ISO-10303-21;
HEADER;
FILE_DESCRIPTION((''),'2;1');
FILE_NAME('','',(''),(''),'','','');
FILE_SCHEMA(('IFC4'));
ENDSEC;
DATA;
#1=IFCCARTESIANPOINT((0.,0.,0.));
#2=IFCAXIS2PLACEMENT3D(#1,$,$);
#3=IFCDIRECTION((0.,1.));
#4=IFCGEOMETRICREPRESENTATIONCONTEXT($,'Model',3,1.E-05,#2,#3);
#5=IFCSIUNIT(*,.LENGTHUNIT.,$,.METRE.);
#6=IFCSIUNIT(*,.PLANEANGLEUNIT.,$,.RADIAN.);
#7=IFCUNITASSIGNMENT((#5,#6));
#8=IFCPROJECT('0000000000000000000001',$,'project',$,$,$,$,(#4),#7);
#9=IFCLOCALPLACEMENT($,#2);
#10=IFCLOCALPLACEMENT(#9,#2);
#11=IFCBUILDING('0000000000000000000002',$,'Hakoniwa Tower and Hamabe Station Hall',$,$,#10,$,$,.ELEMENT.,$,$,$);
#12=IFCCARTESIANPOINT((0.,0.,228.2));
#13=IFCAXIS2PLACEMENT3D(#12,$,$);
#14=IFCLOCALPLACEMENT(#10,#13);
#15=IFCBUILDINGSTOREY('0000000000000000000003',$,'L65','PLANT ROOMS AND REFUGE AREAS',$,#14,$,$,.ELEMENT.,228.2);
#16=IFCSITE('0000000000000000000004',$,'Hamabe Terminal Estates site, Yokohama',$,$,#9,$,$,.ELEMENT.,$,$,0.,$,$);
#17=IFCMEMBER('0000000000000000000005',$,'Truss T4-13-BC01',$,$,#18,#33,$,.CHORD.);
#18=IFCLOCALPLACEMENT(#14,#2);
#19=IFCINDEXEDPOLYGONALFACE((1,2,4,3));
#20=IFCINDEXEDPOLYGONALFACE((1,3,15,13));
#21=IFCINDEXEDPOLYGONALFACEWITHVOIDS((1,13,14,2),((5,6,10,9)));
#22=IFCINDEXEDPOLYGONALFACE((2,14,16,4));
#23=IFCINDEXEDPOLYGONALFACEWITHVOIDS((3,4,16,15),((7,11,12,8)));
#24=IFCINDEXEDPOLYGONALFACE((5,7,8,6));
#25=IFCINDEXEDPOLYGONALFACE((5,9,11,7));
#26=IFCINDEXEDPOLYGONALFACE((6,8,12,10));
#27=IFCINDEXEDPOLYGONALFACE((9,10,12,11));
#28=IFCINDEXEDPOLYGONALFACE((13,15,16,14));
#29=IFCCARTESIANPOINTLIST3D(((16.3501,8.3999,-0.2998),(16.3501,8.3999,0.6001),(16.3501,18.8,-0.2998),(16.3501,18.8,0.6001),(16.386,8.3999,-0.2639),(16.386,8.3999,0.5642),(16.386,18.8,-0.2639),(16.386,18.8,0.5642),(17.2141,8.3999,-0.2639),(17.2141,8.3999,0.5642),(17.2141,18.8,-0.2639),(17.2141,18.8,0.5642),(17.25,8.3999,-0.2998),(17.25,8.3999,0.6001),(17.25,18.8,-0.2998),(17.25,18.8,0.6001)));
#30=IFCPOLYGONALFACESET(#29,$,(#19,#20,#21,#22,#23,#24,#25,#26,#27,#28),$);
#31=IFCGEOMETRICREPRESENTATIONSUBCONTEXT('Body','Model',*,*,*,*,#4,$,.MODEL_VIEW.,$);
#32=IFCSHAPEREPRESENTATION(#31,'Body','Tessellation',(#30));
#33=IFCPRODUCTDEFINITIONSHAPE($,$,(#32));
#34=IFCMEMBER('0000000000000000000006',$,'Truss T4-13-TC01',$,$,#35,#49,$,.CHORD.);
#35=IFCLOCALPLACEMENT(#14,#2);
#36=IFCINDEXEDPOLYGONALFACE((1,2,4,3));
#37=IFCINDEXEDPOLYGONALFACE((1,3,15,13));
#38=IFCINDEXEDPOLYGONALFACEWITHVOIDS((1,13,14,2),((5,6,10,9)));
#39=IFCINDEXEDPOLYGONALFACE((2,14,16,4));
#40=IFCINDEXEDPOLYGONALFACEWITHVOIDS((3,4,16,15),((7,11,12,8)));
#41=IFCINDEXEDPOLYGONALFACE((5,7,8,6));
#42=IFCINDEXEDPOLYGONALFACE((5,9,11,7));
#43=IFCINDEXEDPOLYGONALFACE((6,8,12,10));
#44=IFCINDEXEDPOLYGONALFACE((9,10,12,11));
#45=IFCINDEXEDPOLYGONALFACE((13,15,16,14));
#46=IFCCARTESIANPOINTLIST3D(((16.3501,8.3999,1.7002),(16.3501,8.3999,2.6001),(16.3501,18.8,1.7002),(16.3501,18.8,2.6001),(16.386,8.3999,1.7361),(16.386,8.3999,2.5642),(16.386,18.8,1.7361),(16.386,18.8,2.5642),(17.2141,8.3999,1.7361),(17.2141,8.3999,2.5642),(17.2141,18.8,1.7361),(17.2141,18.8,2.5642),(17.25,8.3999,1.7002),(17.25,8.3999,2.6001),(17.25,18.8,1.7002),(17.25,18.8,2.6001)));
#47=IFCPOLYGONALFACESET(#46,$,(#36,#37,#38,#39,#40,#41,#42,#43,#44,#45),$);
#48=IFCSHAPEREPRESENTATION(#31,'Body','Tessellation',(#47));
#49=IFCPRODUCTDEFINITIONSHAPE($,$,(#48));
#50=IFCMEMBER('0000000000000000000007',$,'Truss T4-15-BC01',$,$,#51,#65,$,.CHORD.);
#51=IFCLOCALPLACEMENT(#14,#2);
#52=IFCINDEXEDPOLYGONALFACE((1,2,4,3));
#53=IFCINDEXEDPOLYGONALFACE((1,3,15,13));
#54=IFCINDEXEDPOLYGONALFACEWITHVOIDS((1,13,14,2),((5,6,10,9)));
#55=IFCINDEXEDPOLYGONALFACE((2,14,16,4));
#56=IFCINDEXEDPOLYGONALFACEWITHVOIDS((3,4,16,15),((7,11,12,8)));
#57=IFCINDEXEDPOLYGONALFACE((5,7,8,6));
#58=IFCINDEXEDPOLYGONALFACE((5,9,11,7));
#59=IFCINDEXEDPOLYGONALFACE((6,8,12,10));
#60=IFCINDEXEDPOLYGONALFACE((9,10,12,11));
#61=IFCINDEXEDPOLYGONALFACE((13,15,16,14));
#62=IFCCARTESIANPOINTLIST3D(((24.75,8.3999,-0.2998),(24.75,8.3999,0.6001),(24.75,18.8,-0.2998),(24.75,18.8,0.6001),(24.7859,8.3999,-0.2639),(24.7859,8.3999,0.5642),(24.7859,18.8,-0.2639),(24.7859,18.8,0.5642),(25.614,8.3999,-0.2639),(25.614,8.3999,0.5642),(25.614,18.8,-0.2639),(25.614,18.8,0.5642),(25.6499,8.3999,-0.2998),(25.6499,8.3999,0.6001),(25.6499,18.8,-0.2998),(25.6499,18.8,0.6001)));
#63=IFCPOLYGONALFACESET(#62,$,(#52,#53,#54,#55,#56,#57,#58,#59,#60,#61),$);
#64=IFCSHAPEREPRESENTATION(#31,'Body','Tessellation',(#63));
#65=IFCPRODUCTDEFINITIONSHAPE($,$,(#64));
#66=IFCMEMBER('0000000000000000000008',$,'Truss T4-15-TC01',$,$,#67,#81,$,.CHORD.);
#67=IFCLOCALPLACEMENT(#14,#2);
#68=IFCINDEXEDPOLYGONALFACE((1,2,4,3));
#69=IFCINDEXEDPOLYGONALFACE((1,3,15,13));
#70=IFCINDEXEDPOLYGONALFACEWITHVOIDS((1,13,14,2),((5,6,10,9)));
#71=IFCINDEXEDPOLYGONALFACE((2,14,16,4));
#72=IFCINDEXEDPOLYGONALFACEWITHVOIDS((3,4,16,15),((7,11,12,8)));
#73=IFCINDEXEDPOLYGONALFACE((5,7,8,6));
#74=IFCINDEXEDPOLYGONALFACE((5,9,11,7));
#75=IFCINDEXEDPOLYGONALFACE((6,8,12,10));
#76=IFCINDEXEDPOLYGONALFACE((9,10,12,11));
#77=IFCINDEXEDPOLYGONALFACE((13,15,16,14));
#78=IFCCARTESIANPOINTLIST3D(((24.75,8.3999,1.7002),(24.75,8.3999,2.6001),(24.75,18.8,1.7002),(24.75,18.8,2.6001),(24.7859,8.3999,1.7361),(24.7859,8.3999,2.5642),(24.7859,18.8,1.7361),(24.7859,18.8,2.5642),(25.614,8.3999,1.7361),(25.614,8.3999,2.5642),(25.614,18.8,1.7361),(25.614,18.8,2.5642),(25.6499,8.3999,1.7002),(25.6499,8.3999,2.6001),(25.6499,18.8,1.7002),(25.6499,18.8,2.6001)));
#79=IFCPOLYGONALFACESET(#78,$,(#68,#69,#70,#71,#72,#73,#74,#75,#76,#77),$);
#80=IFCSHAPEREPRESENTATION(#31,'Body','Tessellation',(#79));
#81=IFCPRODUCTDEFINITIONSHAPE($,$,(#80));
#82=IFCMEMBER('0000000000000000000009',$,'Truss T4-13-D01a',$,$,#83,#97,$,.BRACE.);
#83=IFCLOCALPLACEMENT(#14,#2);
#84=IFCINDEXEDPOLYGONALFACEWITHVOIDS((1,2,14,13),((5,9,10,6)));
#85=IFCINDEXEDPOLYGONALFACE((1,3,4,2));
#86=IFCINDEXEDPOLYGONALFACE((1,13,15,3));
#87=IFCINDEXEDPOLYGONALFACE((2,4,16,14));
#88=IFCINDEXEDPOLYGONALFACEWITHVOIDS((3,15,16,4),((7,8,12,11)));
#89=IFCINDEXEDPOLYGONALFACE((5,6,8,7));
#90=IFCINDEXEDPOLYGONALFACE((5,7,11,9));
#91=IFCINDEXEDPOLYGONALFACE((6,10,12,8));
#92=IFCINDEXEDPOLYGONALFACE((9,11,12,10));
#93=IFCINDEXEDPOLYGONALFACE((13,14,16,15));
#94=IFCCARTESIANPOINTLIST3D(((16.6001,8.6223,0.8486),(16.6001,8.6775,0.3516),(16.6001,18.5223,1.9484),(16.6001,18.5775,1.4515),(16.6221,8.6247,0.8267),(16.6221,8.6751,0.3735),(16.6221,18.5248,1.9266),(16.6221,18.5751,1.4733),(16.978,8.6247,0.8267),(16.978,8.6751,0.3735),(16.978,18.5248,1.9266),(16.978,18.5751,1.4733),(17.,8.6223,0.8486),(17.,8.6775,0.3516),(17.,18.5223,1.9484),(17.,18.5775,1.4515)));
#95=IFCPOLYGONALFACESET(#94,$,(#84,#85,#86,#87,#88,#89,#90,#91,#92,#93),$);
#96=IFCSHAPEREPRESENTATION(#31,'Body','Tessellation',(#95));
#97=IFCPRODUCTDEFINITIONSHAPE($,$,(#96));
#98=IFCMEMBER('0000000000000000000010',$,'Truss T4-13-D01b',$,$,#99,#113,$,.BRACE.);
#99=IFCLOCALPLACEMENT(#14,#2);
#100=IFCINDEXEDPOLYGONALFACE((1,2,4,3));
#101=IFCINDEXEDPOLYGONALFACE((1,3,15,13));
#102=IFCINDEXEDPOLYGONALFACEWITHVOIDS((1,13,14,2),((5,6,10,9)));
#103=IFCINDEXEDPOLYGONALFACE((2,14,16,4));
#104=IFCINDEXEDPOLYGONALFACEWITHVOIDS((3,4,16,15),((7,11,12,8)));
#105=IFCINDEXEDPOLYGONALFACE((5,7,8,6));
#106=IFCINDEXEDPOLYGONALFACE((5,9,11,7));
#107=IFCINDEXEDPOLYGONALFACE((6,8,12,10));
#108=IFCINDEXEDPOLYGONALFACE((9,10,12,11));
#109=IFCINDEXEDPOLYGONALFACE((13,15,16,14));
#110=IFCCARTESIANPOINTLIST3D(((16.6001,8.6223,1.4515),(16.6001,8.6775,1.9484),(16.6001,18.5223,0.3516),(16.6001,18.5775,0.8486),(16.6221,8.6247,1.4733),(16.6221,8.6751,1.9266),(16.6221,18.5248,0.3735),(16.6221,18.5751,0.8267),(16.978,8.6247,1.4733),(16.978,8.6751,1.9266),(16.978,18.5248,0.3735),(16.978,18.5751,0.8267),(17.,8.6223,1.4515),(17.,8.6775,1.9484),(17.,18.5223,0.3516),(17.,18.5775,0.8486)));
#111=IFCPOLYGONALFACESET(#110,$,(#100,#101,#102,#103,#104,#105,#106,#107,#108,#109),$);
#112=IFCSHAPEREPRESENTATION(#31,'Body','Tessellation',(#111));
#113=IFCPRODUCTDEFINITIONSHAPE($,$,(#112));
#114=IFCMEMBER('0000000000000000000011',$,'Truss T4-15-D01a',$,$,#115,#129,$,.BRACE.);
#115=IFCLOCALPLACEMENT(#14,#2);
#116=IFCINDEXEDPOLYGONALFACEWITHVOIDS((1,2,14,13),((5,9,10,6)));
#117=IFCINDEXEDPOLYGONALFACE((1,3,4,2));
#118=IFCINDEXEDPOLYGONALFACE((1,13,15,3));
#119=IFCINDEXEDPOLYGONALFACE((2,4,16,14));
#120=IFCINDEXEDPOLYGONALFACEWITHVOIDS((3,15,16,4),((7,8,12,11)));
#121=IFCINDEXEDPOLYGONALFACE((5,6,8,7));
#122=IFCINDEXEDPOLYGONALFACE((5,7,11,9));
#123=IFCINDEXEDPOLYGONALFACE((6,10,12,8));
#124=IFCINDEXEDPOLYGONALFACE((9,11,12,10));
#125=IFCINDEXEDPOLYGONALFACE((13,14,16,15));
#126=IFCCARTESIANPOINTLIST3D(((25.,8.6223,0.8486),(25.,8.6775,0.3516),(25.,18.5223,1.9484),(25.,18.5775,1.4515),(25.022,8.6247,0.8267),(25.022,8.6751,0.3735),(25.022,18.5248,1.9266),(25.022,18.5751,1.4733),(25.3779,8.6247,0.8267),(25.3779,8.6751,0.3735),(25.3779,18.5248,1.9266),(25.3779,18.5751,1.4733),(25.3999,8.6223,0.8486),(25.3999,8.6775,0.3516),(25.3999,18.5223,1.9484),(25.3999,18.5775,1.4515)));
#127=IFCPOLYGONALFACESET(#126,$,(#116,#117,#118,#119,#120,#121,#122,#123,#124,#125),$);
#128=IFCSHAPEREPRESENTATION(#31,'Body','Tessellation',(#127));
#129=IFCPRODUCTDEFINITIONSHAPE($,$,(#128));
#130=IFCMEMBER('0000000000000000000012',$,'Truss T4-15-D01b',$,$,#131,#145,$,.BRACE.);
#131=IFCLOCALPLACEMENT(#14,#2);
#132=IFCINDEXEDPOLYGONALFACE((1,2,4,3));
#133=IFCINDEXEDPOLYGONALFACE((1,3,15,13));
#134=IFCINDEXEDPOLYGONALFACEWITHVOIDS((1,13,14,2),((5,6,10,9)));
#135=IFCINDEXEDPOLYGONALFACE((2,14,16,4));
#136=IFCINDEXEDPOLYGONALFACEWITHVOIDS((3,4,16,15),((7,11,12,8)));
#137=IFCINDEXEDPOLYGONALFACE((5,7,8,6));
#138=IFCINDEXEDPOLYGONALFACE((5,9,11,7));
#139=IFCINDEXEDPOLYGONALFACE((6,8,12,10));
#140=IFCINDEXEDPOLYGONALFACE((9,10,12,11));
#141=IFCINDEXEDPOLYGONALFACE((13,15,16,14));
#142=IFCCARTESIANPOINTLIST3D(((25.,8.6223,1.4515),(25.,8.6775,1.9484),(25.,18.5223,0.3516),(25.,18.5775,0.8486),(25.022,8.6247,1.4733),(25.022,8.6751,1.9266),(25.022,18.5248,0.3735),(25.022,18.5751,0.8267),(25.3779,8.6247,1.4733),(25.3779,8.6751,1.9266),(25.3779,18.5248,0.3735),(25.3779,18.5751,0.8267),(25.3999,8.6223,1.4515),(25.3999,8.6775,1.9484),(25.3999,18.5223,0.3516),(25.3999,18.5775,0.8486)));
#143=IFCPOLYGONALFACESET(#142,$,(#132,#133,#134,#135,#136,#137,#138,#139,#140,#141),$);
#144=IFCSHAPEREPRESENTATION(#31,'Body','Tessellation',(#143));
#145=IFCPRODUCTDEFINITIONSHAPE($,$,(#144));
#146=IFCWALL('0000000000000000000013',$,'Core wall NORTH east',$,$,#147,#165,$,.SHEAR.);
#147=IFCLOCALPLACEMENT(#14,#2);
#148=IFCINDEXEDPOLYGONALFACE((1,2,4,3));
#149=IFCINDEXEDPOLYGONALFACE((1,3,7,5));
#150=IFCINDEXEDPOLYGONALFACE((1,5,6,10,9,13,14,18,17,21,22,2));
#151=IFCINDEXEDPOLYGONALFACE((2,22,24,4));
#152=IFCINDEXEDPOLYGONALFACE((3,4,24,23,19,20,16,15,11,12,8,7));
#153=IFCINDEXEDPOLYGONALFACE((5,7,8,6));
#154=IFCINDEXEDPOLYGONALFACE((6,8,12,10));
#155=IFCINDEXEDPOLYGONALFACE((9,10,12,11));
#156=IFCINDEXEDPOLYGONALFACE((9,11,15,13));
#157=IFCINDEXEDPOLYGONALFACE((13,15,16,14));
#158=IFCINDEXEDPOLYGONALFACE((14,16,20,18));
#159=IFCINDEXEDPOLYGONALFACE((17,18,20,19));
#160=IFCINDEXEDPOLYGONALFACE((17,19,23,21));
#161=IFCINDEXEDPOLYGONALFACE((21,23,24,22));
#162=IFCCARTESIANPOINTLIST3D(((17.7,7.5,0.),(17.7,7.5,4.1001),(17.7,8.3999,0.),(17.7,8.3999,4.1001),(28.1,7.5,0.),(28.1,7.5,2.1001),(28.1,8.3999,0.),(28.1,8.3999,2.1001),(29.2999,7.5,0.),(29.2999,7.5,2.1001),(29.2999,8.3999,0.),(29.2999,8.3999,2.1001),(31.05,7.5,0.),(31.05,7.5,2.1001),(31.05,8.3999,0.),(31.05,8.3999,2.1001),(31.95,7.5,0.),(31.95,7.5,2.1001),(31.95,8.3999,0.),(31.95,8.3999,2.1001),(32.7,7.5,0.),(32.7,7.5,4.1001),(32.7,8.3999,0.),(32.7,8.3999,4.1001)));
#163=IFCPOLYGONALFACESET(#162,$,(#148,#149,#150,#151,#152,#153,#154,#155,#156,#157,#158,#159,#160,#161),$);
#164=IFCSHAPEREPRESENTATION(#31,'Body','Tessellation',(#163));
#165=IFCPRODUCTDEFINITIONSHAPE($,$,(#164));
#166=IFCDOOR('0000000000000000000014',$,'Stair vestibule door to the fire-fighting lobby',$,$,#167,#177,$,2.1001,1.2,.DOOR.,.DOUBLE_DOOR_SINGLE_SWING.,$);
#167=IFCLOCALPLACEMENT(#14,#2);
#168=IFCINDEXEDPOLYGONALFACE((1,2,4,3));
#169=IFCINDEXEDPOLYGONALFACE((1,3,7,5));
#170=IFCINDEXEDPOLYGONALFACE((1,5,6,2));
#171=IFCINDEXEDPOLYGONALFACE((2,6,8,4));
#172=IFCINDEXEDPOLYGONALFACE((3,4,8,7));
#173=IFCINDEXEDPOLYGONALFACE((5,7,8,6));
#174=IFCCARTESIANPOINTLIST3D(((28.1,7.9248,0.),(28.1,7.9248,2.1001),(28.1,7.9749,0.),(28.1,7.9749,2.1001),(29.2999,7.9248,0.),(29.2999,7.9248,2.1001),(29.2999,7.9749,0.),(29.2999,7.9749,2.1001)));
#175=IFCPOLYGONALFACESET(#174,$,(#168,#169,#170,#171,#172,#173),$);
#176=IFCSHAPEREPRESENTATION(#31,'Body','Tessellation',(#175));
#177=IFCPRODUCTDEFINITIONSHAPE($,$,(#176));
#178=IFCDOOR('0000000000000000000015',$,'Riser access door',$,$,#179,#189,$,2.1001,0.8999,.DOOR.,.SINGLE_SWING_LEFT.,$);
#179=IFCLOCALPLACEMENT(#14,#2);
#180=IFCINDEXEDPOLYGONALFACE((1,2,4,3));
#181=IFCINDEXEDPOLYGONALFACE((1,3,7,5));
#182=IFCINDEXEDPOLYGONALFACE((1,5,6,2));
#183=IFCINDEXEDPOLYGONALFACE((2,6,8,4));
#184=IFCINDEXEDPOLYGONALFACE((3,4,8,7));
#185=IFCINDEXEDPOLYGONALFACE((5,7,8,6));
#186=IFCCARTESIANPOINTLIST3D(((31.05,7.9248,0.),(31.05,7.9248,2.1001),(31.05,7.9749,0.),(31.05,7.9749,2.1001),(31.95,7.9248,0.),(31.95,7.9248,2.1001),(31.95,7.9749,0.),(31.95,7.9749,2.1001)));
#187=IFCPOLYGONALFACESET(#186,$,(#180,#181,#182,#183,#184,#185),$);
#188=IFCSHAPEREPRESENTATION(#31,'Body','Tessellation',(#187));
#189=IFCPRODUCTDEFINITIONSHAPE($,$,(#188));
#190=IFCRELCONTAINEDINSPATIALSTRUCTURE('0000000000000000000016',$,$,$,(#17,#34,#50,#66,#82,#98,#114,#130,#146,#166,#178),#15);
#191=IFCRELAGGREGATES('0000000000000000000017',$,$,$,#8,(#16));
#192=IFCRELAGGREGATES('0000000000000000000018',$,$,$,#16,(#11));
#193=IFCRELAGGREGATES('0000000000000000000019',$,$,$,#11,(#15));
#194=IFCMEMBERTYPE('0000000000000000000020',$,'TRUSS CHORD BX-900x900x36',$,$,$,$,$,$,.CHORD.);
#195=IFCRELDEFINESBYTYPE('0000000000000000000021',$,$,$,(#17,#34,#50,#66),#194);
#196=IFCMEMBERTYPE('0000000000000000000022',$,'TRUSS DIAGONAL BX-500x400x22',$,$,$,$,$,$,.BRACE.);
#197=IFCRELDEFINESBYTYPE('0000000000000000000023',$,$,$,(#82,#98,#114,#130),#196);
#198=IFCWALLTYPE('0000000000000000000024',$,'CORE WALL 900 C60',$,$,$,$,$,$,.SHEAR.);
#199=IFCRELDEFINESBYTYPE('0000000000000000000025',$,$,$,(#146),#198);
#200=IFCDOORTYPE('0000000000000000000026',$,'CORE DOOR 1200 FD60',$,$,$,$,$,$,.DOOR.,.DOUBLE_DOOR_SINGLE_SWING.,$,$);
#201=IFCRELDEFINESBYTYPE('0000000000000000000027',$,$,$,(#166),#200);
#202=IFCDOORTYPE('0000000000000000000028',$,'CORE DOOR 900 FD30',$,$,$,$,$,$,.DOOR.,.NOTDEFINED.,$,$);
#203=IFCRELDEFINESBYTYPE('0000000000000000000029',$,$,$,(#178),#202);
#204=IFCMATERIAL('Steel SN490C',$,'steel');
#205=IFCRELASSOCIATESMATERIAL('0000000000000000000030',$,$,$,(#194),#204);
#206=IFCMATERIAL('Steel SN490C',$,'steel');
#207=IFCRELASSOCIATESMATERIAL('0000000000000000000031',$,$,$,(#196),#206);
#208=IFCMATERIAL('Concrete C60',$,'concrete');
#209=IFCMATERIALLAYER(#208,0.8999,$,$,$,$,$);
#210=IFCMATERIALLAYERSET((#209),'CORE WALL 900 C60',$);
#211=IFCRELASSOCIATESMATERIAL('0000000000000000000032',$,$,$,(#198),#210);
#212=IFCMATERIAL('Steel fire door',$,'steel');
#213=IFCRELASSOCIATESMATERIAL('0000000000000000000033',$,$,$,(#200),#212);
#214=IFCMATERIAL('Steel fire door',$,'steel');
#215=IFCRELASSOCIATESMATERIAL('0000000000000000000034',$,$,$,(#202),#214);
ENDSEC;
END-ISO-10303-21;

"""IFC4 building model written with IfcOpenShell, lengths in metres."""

from ifc_helpers import new_model, si_unit, direction, frame, frame_2d, origin, origin_2d, place, context, subcontext, project, spatial, rectangle, hollow_rectangle, extrude, material, layer, layer_set, material_profile, profile_set, type_object, element, fill, save


model = new_model("IFC4")

# Units and contexts
model_context = context("Model", 3, precision=1e-05, world=origin(), true_north=direction((0.0, 1.0)))
body_context = subcontext(model_context, "Body", "Model", "MODEL_VIEW")
ifc_project = project(units=[si_unit("LENGTHUNIT", "METRE"), si_unit("PLANEANGLEUNIT", "RADIAN")], contexts=[model_context])

# Site, building, storey
site_placement = place(None, origin())
site = spatial("IfcSite", under=ifc_project, at=site_placement, Name="Hamabe Terminal Estates site, Yokohama", CompositionType="ELEMENT", RefElevation=0.0)
building_placement = place(site_placement, origin())
building = spatial("IfcBuilding", under=site, at=building_placement, Name="Hakoniwa Tower and Hamabe Station Hall", CompositionType="ELEMENT")
storey_placement = place(building_placement, frame((0.0, 0.0, 228.2)))
storey = spatial("IfcBuildingStorey", under=building, at=storey_placement, Name="L65", Description="PLANT ROOMS AND REFUGE AREAS", CompositionType="ELEMENT", Elevation=228.2)

# Members
ifc_material_1 = material(Name="Steel SN490C", Category="steel")
ifc_material_profile_1 = material_profile(ifc_material_1, hollow_rectangle(XDim=0.8999, YDim=0.8999, WallThickness=0.0359, at=origin_2d()), Name="BX-900x900x36")
ifc_profile_set_1 = profile_set([ifc_material_profile_1], Name="Steel SN490C")
member_type_1 = type_object("IfcMemberType", Name="TRUSS CHORD BX-900x900x36", PredefinedType="CHORD", material=ifc_profile_set_1)
for number, where, z_axis, x_axis, name in (
    (1, (16.8, 8.3999, 0.1501), (0.0, 1.0, 0.0), (-1.0, 0.0, 0.0), "Truss T4-13-BC01"),
    (2, (16.8, 8.3999, 2.1501), (0.0, 1.0, 0.0), (-1.0, 0.0, 0.0), "Truss T4-13-TC01"),
    (3, (25.2, 8.3999, 0.1501), (0.0, 1.0, 0.0), (-1.0, 0.0, 0.0), "Truss T4-15-BC01"),
    (4, (25.2, 8.3999, 2.1501), (0.0, 1.0, 0.0), (-1.0, 0.0, 0.0), "Truss T4-15-TC01"),
):
    element("IfcMember", number, at=place(storey_placement, frame(where, z_axis=z_axis, x_axis=x_axis)), inside=storey, type_object=member_type_1, Name=name, PredefinedType="CHORD", context=body_context, shape_type="SweptSolid", body=[
        extrude(hollow_rectangle(XDim=0.8999, YDim=0.8999, WallThickness=0.0359, at=origin_2d()), origin(), (0.0, 0.0, 1.0), 10.4001),
    ])
ifc_material_2 = material(Name="Steel SN490C", Category="steel")
ifc_material_profile_2 = material_profile(ifc_material_2, hollow_rectangle(XDim=0.3999, YDim=0.5, WallThickness=0.022, at=origin_2d()), Name="BX-500x400x22")
ifc_profile_set_2 = profile_set([ifc_material_profile_2], Name="Steel SN490C")
member_type_2 = type_object("IfcMemberType", Name="TRUSS DIAGONAL BX-500x400x22", PredefinedType="BRACE", material=ifc_profile_set_2)
for number, where, z_axis, x_axis, name in (
    (5, (16.8, 8.6499, 0.6001), (0.0, 0.993886, 0.110415), (-1.0, 0.0, 0.0), "Truss T4-13-D01a"),
    (6, (16.8, 8.6499, 1.7), (0.0, 0.993886, -0.110415), (-1.0, 0.0, 0.0), "Truss T4-13-D01b"),
    (7, (25.2, 8.6499, 0.6001), (0.0, 0.993886, 0.110415), (-1.0, 0.0, 0.0), "Truss T4-15-D01a"),
    (8, (25.2, 8.6499, 1.7), (0.0, 0.993886, -0.110415), (-1.0, 0.0, 0.0), "Truss T4-15-D01b"),
):
    element("IfcMember", number, at=place(storey_placement, frame(where, z_axis=z_axis, x_axis=x_axis)), inside=storey, type_object=member_type_2, Name=name, PredefinedType="BRACE", context=body_context, shape_type="SweptSolid", body=[
        extrude(hollow_rectangle(XDim=0.3999, YDim=0.5, WallThickness=0.022, at=origin_2d()), origin(), (0.0, 0.0, 1.0), 9.9609),
    ])

# Wall, openings, doors
ifc_material_3 = material(Name="Concrete C60", Category="concrete")
ifc_layer_1 = layer(ifc_material_3, 0.8999)
ifc_layer_set_1 = layer_set([ifc_layer_1], Name="CORE WALL 900 C60")
wall_type_1 = type_object("IfcWallType", Name="CORE WALL 900 C60", PredefinedType="SHEAR", material=ifc_layer_set_1)
wall_1_placement = place(storey_placement, frame((17.7, 7.95, 0.0), z_axis=(0.0, 0.0, 1.0), x_axis=(1.0, 0.0, 0.0)))
wall_1 = element("IfcWall", 9, at=wall_1_placement, inside=storey, type_object=wall_type_1, Name="Core wall NORTH east", PredefinedType="SHEAR", context=body_context, shape_type="SweptSolid", body=[
    extrude(rectangle(XDim=15.0, YDim=0.8999, at=frame_2d((7.5, 0.0))), origin(), (0.0, 0.0, 1.0), 4.1001),
])
opening_1_placement = place(wall_1_placement, frame((10.3999, 0.0, 0.0)))
opening_1 = element("IfcOpeningElement", 10, at=opening_1_placement, cuts=wall_1, PredefinedType="OPENING", context=body_context, shape_type="SweptSolid", body=[
    extrude(rectangle(XDim=1.2, YDim=2.1001, at=frame_2d((0.6001, 1.05))), frame((0.0, 0.46, 0.0), z_axis=(0.0, -1.0, 0.0), x_axis=(1.0, 0.0, 0.0)), (0.0, 0.0, 1.0), 0.9199),
])
opening_2_placement = place(wall_1_placement, frame((13.3501, 0.0, 0.0)))
opening_2 = element("IfcOpeningElement", 11, at=opening_2_placement, cuts=wall_1, PredefinedType="OPENING", context=body_context, shape_type="SweptSolid", body=[
    extrude(rectangle(XDim=0.8999, YDim=2.1001, at=frame_2d((0.45, 1.05))), frame((0.0, 0.46, 0.0), z_axis=(0.0, -1.0, 0.0), x_axis=(1.0, 0.0, 0.0)), (0.0, 0.0, 1.0), 0.9199),
])
ifc_material_4 = material(Name="Steel fire door", Category="steel")
door_type_1 = type_object("IfcDoorType", Name="CORE DOOR 1200 FD60", OperationType="DOUBLE_DOOR_SINGLE_SWING", PredefinedType="DOOR", material=ifc_material_4)
door_1_placement = place(opening_1_placement, origin())
door_1 = element("IfcDoor", 12, at=door_1_placement, inside=storey, type_object=door_type_1, Name="Stair vestibule door to the fire-fighting lobby", OperationType="DOUBLE_DOOR_SINGLE_SWING", OverallHeight=2.1001, OverallWidth=1.2, PredefinedType="DOOR", context=body_context, shape_type="SweptSolid", body=[
    extrude(rectangle(XDim=1.2, YDim=2.1001, at=frame_2d((0.6001, 1.05))), frame((0.0, 0.0249, 0.0), z_axis=(0.0, -1.0, 0.0), x_axis=(1.0, 0.0, 0.0)), (0.0, 0.0, 1.0), 0.05),
])
fill(opening_1, door_1)
ifc_material_5 = material(Name="Steel fire door", Category="steel")
door_type_2 = type_object("IfcDoorType", Name="CORE DOOR 900 FD30", OperationType="NOTDEFINED", PredefinedType="DOOR", material=ifc_material_5)
door_2_placement = place(opening_2_placement, origin())
door_2 = element("IfcDoor", 13, at=door_2_placement, inside=storey, type_object=door_type_2, Name="Riser access door", OperationType="SINGLE_SWING_LEFT", OverallHeight=2.1001, OverallWidth=0.8999, PredefinedType="DOOR", context=body_context, shape_type="SweptSolid", body=[
    extrude(rectangle(XDim=0.8999, YDim=2.1001, at=frame_2d((0.45, 1.05))), frame((0.0, 0.0249, 0.0), z_axis=(0.0, -1.0, 0.0), x_axis=(1.0, 0.0, 0.0)), (0.0, 0.0, 1.0), 0.05),
])
fill(opening_2, door_2)

save(model, "model.ifc")
